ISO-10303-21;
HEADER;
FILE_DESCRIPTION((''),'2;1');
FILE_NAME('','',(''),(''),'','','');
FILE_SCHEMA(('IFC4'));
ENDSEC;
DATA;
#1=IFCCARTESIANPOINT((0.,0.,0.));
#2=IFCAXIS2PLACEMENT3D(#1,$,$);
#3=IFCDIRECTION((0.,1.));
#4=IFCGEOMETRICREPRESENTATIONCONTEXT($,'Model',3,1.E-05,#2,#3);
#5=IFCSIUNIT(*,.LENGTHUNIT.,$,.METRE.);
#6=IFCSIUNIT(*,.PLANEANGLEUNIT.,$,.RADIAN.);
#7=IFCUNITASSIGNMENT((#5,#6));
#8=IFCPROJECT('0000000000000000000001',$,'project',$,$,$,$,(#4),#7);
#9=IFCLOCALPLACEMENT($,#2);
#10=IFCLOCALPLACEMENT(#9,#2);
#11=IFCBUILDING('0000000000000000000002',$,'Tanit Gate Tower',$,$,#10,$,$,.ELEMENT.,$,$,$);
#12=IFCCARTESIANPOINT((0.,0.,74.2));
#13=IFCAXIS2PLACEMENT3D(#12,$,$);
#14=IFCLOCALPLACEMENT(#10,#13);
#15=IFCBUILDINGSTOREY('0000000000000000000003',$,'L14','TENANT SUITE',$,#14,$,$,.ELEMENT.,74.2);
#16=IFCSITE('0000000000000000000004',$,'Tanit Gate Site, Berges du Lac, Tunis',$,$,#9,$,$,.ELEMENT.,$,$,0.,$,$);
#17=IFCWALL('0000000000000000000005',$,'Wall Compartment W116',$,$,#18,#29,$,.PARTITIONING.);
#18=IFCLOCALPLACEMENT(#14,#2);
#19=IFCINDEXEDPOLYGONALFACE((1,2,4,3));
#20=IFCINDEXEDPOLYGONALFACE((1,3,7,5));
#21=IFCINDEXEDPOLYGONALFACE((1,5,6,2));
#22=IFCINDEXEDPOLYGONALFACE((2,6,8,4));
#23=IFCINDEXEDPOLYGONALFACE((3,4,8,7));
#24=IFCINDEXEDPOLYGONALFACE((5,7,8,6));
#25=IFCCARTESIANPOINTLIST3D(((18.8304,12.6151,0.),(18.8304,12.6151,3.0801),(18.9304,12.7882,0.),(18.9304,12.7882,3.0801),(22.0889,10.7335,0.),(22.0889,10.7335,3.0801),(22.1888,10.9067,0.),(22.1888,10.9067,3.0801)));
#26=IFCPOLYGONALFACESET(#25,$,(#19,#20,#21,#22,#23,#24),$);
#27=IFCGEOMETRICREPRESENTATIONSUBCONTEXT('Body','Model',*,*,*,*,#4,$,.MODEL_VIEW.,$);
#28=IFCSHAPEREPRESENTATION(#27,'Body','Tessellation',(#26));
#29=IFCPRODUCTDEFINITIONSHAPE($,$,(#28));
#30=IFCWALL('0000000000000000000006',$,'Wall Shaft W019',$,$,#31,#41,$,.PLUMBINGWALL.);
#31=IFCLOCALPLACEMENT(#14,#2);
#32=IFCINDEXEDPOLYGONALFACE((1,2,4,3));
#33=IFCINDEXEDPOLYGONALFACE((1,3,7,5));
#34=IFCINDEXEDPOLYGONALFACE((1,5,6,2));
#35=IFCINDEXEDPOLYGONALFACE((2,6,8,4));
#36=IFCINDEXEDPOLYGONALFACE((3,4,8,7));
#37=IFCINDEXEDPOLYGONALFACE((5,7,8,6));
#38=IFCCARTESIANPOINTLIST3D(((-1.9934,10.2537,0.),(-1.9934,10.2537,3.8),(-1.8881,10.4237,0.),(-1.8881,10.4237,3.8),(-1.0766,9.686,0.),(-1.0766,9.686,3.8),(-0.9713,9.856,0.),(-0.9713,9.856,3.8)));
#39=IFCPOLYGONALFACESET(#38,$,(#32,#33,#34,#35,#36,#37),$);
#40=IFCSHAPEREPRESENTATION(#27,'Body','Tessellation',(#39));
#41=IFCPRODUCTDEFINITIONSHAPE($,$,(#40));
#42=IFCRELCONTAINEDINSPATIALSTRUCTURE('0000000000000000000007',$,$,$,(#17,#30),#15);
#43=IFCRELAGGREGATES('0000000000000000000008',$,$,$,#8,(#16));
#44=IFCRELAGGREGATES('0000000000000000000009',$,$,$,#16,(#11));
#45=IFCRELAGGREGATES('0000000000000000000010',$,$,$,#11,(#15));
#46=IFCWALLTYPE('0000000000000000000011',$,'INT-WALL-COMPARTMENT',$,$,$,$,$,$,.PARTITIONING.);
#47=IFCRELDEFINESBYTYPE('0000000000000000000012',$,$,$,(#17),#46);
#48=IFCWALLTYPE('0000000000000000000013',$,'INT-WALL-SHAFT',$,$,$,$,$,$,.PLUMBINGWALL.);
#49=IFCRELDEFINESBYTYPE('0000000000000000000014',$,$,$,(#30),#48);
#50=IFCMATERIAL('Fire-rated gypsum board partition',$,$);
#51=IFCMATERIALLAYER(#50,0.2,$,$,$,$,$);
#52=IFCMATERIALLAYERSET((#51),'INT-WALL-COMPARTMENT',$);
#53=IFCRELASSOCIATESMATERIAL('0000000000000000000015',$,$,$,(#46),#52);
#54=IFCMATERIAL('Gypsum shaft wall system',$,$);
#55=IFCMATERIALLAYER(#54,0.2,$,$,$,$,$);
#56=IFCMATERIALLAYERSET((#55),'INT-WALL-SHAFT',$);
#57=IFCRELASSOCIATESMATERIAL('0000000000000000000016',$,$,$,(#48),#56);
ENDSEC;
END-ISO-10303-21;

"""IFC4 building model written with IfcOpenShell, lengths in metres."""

from ifc_helpers import new_model, si_unit, direction, frame, frame_2d, origin, place, context, subcontext, project, spatial, rectangle, extrude, material, layer, layer_set, type_object, element, save


model = new_model("IFC4")

# Units and contexts
model_context = context("Model", 3, precision=1e-05, world=origin(), true_north=direction((0.0, 1.0)))
body_context = subcontext(model_context, "Body", "Model", "MODEL_VIEW")
ifc_project = project(units=[si_unit("LENGTHUNIT", "METRE"), si_unit("PLANEANGLEUNIT", "RADIAN")], contexts=[model_context])

# Site, building, storey
site_placement = place(None, origin())
site = spatial("IfcSite", under=ifc_project, at=site_placement, Name="Tanit Gate Site, Berges du Lac, Tunis", CompositionType="ELEMENT", RefElevation=0.0)
building_placement = place(site_placement, origin())
building = spatial("IfcBuilding", under=site, at=building_placement, Name="Tanit Gate Tower", CompositionType="ELEMENT")
storey_placement = place(building_placement, frame((0.0, 0.0, 74.2)))
storey = spatial("IfcBuildingStorey", under=building, at=storey_placement, Name="L14", Description="TENANT SUITE", CompositionType="ELEMENT", Elevation=74.2)

# Walls
ifc_material_1 = material(Name="Fire-rated gypsum board partition")
ifc_layer_1 = layer(ifc_material_1, 0.2)
ifc_layer_set_1 = layer_set([ifc_layer_1], Name="INT-WALL-COMPARTMENT")
wall_type_1 = type_object("IfcWallType", Name="INT-WALL-COMPARTMENT", PredefinedType="PARTITIONING", material=ifc_layer_set_1)
wall_1_placement = place(storey_placement, frame((18.8804, 12.7017, 0.0), z_axis=(0.0, 0.0, 1.0), x_axis=(0.865994, -0.500054, 0.0)))
element("IfcWall", 1, at=wall_1_placement, inside=storey, type_object=wall_type_1, Name="Wall Compartment W116", PredefinedType="PARTITIONING", context=body_context, shape_type="SweptSolid", body=[
    extrude(rectangle(XDim=3.7627, YDim=0.2, at=frame_2d((1.8813, 0.0))), origin(), (0.0, 0.0, 1.0), 3.0801),
])
ifc_material_2 = material(Name="Gypsum shaft wall system")
ifc_layer_2 = layer(ifc_material_2, 0.2)
ifc_layer_set_2 = layer_set([ifc_layer_2], Name="INT-WALL-SHAFT")
wall_type_2 = type_object("IfcWallType", Name="INT-WALL-SHAFT", PredefinedType="PLUMBINGWALL", material=ifc_layer_set_2)
wall_2_placement = place(storey_placement, frame((-1.9407, 10.3386, 0.0), z_axis=(0.0, 0.0, 1.0), x_axis=(0.850217, -0.526433, 0.0)))
element("IfcWall", 2, at=wall_2_placement, inside=storey, type_object=wall_type_2, Name="Wall Shaft W019", PredefinedType="PLUMBINGWALL", context=body_context, shape_type="SweptSolid", body=[
    extrude(rectangle(XDim=1.0784, YDim=0.2, at=frame_2d((0.5391, 0.0))), origin(), (0.0, 0.0, 1.0), 3.8),
])

save(model, "model.ifc")
